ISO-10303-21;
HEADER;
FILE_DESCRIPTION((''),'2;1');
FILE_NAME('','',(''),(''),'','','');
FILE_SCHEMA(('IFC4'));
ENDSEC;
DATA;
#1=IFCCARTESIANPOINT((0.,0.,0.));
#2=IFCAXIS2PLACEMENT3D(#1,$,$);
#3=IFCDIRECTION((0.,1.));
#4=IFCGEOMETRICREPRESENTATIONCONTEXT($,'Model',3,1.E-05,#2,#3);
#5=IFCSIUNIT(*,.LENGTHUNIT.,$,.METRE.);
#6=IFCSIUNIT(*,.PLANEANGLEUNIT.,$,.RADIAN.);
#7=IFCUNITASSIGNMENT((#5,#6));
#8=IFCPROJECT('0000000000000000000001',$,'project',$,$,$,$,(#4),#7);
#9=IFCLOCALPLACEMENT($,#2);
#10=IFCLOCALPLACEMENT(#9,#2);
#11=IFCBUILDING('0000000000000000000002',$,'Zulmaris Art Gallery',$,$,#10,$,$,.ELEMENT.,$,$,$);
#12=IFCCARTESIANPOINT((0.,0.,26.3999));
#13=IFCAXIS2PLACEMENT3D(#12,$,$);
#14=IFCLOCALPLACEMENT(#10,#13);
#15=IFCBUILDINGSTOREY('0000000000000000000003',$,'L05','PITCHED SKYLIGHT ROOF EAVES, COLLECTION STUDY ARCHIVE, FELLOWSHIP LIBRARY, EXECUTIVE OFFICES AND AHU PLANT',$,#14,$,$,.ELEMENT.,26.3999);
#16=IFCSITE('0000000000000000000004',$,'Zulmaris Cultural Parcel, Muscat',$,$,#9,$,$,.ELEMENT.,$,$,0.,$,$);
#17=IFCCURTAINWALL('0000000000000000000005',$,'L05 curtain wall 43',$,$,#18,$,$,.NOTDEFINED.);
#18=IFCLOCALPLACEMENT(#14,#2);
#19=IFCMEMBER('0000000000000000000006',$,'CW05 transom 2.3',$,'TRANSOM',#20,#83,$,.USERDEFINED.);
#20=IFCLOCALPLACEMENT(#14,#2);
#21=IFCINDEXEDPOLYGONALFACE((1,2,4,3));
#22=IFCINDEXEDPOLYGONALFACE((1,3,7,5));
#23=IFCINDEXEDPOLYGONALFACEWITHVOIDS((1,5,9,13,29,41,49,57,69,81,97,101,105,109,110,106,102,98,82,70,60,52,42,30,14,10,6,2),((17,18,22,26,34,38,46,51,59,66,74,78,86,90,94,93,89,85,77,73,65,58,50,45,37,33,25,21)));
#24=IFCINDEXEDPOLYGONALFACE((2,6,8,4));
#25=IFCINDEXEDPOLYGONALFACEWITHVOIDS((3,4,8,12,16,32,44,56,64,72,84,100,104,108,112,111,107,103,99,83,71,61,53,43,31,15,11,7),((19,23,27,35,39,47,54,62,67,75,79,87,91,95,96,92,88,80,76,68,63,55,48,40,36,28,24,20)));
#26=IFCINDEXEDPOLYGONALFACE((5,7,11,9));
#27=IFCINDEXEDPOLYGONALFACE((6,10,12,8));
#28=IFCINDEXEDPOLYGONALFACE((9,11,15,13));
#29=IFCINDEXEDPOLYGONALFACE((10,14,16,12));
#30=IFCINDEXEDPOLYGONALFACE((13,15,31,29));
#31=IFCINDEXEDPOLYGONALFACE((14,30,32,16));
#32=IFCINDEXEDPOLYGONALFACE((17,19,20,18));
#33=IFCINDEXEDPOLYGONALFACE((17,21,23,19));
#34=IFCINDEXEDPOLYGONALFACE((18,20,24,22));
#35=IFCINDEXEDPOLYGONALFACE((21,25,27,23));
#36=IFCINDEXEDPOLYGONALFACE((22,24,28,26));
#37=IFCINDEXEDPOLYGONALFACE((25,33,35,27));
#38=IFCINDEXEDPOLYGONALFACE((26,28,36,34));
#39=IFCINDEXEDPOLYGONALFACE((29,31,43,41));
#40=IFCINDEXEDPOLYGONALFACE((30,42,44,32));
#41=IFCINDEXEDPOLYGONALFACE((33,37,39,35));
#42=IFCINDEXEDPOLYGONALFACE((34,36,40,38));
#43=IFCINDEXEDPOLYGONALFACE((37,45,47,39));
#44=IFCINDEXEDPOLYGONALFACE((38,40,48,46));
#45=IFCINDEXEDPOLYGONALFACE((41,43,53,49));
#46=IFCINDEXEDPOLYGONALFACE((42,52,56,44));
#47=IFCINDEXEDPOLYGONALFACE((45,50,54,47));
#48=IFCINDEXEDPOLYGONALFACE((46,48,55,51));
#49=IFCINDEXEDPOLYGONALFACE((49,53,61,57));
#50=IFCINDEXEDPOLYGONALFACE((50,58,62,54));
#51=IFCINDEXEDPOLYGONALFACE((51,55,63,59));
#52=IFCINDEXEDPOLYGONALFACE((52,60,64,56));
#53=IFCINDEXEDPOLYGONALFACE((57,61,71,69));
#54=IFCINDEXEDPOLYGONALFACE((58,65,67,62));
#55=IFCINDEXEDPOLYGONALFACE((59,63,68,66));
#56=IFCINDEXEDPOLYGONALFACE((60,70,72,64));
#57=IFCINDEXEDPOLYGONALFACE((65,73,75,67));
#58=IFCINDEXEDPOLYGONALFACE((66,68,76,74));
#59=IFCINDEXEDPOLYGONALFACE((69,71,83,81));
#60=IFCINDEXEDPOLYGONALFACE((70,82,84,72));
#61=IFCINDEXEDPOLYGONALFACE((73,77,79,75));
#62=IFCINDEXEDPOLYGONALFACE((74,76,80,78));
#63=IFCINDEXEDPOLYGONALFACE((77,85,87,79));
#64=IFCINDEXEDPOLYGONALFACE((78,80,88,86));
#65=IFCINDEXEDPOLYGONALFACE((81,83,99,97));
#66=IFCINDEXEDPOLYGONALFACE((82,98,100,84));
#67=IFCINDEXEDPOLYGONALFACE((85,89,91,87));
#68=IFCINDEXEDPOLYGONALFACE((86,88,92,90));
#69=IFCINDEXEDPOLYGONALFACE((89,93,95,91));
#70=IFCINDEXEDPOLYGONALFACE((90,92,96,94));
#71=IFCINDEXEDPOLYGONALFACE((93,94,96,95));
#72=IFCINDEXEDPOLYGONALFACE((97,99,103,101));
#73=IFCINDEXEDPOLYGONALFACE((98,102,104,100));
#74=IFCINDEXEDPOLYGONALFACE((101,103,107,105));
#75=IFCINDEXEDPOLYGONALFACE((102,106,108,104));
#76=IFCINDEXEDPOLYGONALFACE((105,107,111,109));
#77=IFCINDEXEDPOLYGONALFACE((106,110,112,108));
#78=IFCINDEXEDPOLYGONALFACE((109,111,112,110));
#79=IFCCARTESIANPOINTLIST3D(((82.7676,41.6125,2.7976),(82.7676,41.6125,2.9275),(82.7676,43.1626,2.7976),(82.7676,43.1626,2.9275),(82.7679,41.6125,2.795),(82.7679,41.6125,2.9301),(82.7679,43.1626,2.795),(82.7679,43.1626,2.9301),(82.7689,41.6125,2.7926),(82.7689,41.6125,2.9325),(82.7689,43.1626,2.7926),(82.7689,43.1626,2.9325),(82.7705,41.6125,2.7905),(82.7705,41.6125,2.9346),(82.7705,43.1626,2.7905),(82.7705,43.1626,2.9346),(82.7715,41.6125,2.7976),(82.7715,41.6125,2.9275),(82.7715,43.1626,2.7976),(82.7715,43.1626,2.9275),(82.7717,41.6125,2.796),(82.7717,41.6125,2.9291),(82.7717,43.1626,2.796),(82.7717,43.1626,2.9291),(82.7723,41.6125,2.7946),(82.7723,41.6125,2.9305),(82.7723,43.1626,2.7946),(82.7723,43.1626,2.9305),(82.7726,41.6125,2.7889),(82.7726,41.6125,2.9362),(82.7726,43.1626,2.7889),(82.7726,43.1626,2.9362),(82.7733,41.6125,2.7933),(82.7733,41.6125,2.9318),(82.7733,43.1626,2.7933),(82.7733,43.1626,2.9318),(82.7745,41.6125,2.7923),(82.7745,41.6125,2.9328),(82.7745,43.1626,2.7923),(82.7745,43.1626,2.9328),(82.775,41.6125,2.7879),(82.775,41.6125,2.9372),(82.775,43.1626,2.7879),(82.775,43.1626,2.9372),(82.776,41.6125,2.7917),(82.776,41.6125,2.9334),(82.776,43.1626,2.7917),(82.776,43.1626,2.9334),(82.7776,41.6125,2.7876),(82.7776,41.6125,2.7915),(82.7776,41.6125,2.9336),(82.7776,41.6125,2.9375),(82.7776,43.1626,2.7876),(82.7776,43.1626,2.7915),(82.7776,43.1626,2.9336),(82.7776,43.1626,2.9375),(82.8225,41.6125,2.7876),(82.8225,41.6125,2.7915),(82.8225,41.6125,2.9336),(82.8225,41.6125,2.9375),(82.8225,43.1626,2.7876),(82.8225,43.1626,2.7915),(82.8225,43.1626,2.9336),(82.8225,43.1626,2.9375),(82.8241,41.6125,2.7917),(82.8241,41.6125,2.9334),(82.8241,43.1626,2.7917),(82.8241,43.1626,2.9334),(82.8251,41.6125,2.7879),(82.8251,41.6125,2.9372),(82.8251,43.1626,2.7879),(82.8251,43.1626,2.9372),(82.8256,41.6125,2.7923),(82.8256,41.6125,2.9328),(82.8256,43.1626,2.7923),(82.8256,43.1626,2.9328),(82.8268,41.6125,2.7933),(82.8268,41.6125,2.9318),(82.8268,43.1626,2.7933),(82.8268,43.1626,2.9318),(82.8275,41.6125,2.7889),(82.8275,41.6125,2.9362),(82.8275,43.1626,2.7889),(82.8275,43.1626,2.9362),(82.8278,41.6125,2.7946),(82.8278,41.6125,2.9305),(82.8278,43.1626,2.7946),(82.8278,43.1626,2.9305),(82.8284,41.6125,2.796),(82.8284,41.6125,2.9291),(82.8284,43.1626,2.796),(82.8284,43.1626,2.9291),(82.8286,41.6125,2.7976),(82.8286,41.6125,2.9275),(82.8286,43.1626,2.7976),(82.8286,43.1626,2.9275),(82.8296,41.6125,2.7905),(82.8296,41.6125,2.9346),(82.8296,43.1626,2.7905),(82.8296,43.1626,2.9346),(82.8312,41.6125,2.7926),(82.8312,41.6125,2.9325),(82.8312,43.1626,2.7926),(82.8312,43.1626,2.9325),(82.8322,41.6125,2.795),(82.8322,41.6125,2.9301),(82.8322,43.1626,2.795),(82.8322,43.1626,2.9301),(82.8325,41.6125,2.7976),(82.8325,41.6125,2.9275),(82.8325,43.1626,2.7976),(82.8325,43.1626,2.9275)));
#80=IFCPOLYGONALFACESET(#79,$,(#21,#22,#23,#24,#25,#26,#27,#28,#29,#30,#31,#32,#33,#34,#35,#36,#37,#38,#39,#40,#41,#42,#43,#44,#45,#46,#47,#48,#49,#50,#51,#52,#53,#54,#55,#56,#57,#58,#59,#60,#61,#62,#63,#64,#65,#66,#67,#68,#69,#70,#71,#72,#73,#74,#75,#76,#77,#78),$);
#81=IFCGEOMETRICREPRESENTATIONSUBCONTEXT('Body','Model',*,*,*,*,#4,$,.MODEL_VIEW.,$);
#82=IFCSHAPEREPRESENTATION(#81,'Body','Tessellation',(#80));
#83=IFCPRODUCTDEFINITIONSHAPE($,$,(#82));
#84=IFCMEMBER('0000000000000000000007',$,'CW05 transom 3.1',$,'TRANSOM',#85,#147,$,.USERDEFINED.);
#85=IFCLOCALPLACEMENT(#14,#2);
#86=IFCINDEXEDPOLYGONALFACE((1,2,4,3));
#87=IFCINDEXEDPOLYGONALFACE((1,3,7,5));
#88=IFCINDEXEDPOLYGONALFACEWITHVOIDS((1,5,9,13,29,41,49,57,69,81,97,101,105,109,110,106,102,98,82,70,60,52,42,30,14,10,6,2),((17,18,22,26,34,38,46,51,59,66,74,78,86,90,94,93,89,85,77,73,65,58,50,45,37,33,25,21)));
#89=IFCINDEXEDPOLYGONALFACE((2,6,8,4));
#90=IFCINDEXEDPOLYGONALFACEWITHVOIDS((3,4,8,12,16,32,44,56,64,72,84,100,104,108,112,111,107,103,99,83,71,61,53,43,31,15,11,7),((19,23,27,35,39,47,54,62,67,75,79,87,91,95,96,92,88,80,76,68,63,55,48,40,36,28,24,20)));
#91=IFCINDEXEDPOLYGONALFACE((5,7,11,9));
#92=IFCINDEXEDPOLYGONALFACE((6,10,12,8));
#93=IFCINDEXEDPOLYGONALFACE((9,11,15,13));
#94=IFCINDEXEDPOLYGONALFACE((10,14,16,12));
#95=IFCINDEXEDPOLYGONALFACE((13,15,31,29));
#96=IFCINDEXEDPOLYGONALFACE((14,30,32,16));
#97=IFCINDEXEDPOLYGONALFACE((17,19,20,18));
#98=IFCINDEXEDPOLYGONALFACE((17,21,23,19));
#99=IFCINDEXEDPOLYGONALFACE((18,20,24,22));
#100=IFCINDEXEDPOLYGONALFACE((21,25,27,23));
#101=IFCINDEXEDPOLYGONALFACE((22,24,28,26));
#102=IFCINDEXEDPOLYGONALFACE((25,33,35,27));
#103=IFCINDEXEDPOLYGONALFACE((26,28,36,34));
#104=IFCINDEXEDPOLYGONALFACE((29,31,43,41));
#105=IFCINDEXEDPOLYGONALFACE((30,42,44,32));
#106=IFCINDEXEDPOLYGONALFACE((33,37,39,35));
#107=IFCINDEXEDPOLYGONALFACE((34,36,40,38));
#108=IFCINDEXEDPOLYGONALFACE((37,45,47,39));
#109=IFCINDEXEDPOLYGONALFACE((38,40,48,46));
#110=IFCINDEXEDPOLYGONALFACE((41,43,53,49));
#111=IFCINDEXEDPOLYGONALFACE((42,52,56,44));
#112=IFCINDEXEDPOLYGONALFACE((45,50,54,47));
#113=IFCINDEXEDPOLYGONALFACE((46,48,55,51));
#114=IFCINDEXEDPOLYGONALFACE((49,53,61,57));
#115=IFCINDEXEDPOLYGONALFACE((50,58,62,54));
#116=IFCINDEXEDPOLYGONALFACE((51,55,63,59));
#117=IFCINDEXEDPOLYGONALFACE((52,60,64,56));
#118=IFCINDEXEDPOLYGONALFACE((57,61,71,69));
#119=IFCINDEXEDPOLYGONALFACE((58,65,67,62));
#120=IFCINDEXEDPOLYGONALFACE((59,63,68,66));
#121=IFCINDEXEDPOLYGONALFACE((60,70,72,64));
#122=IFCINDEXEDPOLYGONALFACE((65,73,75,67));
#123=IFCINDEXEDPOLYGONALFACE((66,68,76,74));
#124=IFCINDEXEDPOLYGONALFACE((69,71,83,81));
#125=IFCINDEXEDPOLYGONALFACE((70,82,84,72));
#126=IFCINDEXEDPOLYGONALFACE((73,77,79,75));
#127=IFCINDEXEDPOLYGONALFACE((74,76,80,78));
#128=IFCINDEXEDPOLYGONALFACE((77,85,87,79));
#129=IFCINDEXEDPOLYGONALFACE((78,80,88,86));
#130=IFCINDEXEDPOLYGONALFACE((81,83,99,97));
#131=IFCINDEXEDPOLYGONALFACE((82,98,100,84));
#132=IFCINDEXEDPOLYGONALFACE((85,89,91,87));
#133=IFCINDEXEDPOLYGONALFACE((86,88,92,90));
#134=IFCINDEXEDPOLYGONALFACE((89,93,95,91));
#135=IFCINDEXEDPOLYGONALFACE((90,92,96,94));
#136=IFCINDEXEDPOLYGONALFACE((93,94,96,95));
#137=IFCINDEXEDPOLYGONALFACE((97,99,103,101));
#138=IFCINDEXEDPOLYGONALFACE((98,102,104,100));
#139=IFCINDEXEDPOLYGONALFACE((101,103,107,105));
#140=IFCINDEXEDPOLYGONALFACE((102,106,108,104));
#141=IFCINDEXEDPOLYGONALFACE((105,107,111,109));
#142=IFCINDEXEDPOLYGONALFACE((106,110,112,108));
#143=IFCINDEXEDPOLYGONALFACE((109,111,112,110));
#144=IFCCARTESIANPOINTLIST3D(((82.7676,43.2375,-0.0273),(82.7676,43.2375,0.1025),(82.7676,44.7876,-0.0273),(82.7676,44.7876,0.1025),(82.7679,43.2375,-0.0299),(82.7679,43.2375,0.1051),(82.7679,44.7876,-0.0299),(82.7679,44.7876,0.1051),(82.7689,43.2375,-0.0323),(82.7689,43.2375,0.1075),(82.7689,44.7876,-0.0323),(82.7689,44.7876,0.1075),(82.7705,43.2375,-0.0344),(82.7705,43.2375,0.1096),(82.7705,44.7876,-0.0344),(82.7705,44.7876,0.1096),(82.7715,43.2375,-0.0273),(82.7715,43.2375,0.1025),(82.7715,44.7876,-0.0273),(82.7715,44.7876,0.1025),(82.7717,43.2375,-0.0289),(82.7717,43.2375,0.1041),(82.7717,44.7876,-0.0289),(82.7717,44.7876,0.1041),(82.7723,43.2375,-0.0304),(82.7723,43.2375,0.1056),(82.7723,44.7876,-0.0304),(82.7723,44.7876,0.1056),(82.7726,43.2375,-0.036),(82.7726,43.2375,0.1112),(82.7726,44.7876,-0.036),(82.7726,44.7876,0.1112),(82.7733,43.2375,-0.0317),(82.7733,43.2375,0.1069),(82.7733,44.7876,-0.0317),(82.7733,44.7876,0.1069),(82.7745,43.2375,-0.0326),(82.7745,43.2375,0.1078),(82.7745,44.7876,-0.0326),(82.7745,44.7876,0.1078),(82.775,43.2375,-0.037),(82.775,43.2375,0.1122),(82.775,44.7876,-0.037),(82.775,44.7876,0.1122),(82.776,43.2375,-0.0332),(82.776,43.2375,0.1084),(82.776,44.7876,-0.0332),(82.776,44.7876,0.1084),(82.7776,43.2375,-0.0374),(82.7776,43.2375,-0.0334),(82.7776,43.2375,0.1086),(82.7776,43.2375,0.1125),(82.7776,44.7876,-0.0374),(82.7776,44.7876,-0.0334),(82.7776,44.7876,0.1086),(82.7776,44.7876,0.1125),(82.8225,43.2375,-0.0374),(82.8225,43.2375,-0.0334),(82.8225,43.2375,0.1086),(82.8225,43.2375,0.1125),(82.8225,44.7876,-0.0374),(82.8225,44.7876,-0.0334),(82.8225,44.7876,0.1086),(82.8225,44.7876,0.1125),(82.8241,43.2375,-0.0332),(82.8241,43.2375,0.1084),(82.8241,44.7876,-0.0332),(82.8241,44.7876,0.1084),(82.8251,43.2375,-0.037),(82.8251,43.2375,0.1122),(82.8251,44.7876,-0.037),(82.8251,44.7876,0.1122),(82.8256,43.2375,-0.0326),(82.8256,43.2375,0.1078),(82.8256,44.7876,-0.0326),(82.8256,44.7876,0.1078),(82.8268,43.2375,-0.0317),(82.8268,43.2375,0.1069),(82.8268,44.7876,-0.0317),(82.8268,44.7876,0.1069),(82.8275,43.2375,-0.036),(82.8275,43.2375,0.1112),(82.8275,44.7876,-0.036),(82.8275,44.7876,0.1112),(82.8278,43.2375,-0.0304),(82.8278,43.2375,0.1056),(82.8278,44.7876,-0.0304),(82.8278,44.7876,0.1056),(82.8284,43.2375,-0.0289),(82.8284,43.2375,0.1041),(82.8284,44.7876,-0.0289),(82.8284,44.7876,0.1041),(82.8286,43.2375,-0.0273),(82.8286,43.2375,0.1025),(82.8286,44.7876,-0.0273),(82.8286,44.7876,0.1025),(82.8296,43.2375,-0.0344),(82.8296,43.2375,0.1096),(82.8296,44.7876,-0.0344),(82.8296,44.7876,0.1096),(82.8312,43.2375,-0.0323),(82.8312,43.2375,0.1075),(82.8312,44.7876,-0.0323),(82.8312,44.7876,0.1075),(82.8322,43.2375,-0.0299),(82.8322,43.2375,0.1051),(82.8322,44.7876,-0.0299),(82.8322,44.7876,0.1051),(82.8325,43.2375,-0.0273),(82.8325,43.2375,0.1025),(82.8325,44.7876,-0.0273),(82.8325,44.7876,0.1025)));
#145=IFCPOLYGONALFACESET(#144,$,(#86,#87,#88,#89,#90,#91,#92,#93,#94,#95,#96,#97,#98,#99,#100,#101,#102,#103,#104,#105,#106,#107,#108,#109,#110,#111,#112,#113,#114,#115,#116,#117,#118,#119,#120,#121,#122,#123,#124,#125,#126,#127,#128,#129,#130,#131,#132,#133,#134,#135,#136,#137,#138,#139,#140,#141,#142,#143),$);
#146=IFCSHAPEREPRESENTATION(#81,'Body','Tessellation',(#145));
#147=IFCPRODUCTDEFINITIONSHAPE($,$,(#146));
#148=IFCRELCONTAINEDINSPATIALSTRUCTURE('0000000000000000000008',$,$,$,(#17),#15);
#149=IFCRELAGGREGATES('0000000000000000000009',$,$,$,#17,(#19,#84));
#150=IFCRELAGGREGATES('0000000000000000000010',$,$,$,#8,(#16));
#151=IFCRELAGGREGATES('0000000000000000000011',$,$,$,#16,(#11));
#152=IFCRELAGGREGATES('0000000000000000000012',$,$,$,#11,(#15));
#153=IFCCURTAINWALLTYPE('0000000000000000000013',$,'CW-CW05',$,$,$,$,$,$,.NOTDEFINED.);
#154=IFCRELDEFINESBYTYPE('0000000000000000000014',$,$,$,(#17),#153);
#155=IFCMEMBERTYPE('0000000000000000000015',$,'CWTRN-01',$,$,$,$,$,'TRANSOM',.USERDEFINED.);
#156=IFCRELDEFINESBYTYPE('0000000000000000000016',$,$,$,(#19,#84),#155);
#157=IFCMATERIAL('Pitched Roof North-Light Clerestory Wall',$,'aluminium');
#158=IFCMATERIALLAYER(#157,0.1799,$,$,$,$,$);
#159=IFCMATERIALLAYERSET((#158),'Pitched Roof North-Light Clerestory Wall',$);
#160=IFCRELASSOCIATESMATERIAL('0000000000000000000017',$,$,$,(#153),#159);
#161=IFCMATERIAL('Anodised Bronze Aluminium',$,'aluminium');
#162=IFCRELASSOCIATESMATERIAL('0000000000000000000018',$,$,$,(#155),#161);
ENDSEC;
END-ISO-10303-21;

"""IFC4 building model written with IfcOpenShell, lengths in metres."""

from ifc_helpers import new_model, si_unit, direction, frame, origin, origin_2d, place, context, subcontext, project, spatial, hollow_rectangle, extrude, material, layer, layer_set, material_profile, profile_set, type_object, element, aggregate, save


model = new_model("IFC4")

# Units and contexts
model_context = context("Model", 3, precision=1e-05, world=origin(), true_north=direction((0.0, 1.0)))
body_context = subcontext(model_context, "Body", "Model", "MODEL_VIEW")
ifc_project = project(units=[si_unit("LENGTHUNIT", "METRE"), si_unit("PLANEANGLEUNIT", "RADIAN")], contexts=[model_context])

# Site, building, storey
site_placement = place(None, origin())
site = spatial("IfcSite", under=ifc_project, at=site_placement, Name="Zulmaris Cultural Parcel, Muscat", CompositionType="ELEMENT", RefElevation=0.0)
building_placement = place(site_placement, origin())
building = spatial("IfcBuilding", under=site, at=building_placement, Name="Zulmaris Art Gallery", CompositionType="ELEMENT")
storey_placement = place(building_placement, frame((0.0, 0.0, 26.3999)))
storey = spatial("IfcBuildingStorey", under=building, at=storey_placement, Name="L05", Description="PITCHED SKYLIGHT ROOF EAVES, COLLECTION STUDY ARCHIVE, FELLOWSHIP LIBRARY, EXECUTIVE OFFICES AND AHU PLANT", CompositionType="ELEMENT", Elevation=26.3999)

# Curtain wall, members
ifc_material_1 = material(Name="Pitched Roof North-Light Clerestory Wall", Category="aluminium")
ifc_layer_1 = layer(ifc_material_1, 0.1799)
ifc_layer_set_1 = layer_set([ifc_layer_1], Name="Pitched Roof North-Light Clerestory Wall")
curtain_wall_type = type_object("IfcCurtainWallType", Name="CW-CW05", PredefinedType="NOTDEFINED", material=ifc_layer_set_1)
curtain_wall_placement = place(storey_placement, origin())
curtain_wall = element("IfcCurtainWall", 1, at=curtain_wall_placement, inside=storey, type_object=curtain_wall_type, Name="L05 curtain wall 43", PredefinedType="NOTDEFINED")
ifc_material_2 = material(Name="Anodised Bronze Aluminium", Category="aluminium")
ifc_material_profile_1 = material_profile(ifc_material_2, hollow_rectangle(XDim=0.0649, YDim=0.1499, WallThickness=0.0039, InnerFilletRadius=0.0061, OuterFilletRadius=0.01, at=origin_2d()), Name="ALU 65x150x4")
ifc_profile_set_1 = profile_set([ifc_material_profile_1], Name="Anodised Bronze Aluminium")
member_type_1 = type_object("IfcMemberType", Name="CWTRN-01", ElementType="TRANSOM", PredefinedType="USERDEFINED", material=ifc_profile_set_1)
member_1_placement = place(storey_placement, frame((82.8, 41.6125, 2.8625), z_axis=(0.0, 1.0, 0.0), x_axis=(-1.0, 0.0, 0.0)))
member_1 = element("IfcMember", 2, at=member_1_placement, type_object=member_type_1, Name="CW05 transom 2.3", ObjectType="TRANSOM", PredefinedType="USERDEFINED", context=body_context, shape_type="SweptSolid", body=[
    extrude(hollow_rectangle(XDim=0.0649, YDim=0.1499, WallThickness=0.0039, InnerFilletRadius=0.0061, OuterFilletRadius=0.01, at=origin_2d()), origin(), (0.0, 0.0, 1.0), 1.55),
])
member_2_placement = place(storey_placement, frame((82.8, 43.2375, 0.0376), z_axis=(0.0, 1.0, 0.0), x_axis=(-1.0, 0.0, 0.0)))
member_2 = element("IfcMember", 3, at=member_2_placement, type_object=member_type_1, Name="CW05 transom 3.1", ObjectType="TRANSOM", PredefinedType="USERDEFINED", context=body_context, shape_type="SweptSolid", body=[
    extrude(hollow_rectangle(XDim=0.0649, YDim=0.1499, WallThickness=0.0039, InnerFilletRadius=0.0061, OuterFilletRadius=0.01, at=origin_2d()), origin(), (0.0, 0.0, 1.0), 1.55),
])
aggregate(curtain_wall, [member_1, member_2])

save(model, "model.ifc")
